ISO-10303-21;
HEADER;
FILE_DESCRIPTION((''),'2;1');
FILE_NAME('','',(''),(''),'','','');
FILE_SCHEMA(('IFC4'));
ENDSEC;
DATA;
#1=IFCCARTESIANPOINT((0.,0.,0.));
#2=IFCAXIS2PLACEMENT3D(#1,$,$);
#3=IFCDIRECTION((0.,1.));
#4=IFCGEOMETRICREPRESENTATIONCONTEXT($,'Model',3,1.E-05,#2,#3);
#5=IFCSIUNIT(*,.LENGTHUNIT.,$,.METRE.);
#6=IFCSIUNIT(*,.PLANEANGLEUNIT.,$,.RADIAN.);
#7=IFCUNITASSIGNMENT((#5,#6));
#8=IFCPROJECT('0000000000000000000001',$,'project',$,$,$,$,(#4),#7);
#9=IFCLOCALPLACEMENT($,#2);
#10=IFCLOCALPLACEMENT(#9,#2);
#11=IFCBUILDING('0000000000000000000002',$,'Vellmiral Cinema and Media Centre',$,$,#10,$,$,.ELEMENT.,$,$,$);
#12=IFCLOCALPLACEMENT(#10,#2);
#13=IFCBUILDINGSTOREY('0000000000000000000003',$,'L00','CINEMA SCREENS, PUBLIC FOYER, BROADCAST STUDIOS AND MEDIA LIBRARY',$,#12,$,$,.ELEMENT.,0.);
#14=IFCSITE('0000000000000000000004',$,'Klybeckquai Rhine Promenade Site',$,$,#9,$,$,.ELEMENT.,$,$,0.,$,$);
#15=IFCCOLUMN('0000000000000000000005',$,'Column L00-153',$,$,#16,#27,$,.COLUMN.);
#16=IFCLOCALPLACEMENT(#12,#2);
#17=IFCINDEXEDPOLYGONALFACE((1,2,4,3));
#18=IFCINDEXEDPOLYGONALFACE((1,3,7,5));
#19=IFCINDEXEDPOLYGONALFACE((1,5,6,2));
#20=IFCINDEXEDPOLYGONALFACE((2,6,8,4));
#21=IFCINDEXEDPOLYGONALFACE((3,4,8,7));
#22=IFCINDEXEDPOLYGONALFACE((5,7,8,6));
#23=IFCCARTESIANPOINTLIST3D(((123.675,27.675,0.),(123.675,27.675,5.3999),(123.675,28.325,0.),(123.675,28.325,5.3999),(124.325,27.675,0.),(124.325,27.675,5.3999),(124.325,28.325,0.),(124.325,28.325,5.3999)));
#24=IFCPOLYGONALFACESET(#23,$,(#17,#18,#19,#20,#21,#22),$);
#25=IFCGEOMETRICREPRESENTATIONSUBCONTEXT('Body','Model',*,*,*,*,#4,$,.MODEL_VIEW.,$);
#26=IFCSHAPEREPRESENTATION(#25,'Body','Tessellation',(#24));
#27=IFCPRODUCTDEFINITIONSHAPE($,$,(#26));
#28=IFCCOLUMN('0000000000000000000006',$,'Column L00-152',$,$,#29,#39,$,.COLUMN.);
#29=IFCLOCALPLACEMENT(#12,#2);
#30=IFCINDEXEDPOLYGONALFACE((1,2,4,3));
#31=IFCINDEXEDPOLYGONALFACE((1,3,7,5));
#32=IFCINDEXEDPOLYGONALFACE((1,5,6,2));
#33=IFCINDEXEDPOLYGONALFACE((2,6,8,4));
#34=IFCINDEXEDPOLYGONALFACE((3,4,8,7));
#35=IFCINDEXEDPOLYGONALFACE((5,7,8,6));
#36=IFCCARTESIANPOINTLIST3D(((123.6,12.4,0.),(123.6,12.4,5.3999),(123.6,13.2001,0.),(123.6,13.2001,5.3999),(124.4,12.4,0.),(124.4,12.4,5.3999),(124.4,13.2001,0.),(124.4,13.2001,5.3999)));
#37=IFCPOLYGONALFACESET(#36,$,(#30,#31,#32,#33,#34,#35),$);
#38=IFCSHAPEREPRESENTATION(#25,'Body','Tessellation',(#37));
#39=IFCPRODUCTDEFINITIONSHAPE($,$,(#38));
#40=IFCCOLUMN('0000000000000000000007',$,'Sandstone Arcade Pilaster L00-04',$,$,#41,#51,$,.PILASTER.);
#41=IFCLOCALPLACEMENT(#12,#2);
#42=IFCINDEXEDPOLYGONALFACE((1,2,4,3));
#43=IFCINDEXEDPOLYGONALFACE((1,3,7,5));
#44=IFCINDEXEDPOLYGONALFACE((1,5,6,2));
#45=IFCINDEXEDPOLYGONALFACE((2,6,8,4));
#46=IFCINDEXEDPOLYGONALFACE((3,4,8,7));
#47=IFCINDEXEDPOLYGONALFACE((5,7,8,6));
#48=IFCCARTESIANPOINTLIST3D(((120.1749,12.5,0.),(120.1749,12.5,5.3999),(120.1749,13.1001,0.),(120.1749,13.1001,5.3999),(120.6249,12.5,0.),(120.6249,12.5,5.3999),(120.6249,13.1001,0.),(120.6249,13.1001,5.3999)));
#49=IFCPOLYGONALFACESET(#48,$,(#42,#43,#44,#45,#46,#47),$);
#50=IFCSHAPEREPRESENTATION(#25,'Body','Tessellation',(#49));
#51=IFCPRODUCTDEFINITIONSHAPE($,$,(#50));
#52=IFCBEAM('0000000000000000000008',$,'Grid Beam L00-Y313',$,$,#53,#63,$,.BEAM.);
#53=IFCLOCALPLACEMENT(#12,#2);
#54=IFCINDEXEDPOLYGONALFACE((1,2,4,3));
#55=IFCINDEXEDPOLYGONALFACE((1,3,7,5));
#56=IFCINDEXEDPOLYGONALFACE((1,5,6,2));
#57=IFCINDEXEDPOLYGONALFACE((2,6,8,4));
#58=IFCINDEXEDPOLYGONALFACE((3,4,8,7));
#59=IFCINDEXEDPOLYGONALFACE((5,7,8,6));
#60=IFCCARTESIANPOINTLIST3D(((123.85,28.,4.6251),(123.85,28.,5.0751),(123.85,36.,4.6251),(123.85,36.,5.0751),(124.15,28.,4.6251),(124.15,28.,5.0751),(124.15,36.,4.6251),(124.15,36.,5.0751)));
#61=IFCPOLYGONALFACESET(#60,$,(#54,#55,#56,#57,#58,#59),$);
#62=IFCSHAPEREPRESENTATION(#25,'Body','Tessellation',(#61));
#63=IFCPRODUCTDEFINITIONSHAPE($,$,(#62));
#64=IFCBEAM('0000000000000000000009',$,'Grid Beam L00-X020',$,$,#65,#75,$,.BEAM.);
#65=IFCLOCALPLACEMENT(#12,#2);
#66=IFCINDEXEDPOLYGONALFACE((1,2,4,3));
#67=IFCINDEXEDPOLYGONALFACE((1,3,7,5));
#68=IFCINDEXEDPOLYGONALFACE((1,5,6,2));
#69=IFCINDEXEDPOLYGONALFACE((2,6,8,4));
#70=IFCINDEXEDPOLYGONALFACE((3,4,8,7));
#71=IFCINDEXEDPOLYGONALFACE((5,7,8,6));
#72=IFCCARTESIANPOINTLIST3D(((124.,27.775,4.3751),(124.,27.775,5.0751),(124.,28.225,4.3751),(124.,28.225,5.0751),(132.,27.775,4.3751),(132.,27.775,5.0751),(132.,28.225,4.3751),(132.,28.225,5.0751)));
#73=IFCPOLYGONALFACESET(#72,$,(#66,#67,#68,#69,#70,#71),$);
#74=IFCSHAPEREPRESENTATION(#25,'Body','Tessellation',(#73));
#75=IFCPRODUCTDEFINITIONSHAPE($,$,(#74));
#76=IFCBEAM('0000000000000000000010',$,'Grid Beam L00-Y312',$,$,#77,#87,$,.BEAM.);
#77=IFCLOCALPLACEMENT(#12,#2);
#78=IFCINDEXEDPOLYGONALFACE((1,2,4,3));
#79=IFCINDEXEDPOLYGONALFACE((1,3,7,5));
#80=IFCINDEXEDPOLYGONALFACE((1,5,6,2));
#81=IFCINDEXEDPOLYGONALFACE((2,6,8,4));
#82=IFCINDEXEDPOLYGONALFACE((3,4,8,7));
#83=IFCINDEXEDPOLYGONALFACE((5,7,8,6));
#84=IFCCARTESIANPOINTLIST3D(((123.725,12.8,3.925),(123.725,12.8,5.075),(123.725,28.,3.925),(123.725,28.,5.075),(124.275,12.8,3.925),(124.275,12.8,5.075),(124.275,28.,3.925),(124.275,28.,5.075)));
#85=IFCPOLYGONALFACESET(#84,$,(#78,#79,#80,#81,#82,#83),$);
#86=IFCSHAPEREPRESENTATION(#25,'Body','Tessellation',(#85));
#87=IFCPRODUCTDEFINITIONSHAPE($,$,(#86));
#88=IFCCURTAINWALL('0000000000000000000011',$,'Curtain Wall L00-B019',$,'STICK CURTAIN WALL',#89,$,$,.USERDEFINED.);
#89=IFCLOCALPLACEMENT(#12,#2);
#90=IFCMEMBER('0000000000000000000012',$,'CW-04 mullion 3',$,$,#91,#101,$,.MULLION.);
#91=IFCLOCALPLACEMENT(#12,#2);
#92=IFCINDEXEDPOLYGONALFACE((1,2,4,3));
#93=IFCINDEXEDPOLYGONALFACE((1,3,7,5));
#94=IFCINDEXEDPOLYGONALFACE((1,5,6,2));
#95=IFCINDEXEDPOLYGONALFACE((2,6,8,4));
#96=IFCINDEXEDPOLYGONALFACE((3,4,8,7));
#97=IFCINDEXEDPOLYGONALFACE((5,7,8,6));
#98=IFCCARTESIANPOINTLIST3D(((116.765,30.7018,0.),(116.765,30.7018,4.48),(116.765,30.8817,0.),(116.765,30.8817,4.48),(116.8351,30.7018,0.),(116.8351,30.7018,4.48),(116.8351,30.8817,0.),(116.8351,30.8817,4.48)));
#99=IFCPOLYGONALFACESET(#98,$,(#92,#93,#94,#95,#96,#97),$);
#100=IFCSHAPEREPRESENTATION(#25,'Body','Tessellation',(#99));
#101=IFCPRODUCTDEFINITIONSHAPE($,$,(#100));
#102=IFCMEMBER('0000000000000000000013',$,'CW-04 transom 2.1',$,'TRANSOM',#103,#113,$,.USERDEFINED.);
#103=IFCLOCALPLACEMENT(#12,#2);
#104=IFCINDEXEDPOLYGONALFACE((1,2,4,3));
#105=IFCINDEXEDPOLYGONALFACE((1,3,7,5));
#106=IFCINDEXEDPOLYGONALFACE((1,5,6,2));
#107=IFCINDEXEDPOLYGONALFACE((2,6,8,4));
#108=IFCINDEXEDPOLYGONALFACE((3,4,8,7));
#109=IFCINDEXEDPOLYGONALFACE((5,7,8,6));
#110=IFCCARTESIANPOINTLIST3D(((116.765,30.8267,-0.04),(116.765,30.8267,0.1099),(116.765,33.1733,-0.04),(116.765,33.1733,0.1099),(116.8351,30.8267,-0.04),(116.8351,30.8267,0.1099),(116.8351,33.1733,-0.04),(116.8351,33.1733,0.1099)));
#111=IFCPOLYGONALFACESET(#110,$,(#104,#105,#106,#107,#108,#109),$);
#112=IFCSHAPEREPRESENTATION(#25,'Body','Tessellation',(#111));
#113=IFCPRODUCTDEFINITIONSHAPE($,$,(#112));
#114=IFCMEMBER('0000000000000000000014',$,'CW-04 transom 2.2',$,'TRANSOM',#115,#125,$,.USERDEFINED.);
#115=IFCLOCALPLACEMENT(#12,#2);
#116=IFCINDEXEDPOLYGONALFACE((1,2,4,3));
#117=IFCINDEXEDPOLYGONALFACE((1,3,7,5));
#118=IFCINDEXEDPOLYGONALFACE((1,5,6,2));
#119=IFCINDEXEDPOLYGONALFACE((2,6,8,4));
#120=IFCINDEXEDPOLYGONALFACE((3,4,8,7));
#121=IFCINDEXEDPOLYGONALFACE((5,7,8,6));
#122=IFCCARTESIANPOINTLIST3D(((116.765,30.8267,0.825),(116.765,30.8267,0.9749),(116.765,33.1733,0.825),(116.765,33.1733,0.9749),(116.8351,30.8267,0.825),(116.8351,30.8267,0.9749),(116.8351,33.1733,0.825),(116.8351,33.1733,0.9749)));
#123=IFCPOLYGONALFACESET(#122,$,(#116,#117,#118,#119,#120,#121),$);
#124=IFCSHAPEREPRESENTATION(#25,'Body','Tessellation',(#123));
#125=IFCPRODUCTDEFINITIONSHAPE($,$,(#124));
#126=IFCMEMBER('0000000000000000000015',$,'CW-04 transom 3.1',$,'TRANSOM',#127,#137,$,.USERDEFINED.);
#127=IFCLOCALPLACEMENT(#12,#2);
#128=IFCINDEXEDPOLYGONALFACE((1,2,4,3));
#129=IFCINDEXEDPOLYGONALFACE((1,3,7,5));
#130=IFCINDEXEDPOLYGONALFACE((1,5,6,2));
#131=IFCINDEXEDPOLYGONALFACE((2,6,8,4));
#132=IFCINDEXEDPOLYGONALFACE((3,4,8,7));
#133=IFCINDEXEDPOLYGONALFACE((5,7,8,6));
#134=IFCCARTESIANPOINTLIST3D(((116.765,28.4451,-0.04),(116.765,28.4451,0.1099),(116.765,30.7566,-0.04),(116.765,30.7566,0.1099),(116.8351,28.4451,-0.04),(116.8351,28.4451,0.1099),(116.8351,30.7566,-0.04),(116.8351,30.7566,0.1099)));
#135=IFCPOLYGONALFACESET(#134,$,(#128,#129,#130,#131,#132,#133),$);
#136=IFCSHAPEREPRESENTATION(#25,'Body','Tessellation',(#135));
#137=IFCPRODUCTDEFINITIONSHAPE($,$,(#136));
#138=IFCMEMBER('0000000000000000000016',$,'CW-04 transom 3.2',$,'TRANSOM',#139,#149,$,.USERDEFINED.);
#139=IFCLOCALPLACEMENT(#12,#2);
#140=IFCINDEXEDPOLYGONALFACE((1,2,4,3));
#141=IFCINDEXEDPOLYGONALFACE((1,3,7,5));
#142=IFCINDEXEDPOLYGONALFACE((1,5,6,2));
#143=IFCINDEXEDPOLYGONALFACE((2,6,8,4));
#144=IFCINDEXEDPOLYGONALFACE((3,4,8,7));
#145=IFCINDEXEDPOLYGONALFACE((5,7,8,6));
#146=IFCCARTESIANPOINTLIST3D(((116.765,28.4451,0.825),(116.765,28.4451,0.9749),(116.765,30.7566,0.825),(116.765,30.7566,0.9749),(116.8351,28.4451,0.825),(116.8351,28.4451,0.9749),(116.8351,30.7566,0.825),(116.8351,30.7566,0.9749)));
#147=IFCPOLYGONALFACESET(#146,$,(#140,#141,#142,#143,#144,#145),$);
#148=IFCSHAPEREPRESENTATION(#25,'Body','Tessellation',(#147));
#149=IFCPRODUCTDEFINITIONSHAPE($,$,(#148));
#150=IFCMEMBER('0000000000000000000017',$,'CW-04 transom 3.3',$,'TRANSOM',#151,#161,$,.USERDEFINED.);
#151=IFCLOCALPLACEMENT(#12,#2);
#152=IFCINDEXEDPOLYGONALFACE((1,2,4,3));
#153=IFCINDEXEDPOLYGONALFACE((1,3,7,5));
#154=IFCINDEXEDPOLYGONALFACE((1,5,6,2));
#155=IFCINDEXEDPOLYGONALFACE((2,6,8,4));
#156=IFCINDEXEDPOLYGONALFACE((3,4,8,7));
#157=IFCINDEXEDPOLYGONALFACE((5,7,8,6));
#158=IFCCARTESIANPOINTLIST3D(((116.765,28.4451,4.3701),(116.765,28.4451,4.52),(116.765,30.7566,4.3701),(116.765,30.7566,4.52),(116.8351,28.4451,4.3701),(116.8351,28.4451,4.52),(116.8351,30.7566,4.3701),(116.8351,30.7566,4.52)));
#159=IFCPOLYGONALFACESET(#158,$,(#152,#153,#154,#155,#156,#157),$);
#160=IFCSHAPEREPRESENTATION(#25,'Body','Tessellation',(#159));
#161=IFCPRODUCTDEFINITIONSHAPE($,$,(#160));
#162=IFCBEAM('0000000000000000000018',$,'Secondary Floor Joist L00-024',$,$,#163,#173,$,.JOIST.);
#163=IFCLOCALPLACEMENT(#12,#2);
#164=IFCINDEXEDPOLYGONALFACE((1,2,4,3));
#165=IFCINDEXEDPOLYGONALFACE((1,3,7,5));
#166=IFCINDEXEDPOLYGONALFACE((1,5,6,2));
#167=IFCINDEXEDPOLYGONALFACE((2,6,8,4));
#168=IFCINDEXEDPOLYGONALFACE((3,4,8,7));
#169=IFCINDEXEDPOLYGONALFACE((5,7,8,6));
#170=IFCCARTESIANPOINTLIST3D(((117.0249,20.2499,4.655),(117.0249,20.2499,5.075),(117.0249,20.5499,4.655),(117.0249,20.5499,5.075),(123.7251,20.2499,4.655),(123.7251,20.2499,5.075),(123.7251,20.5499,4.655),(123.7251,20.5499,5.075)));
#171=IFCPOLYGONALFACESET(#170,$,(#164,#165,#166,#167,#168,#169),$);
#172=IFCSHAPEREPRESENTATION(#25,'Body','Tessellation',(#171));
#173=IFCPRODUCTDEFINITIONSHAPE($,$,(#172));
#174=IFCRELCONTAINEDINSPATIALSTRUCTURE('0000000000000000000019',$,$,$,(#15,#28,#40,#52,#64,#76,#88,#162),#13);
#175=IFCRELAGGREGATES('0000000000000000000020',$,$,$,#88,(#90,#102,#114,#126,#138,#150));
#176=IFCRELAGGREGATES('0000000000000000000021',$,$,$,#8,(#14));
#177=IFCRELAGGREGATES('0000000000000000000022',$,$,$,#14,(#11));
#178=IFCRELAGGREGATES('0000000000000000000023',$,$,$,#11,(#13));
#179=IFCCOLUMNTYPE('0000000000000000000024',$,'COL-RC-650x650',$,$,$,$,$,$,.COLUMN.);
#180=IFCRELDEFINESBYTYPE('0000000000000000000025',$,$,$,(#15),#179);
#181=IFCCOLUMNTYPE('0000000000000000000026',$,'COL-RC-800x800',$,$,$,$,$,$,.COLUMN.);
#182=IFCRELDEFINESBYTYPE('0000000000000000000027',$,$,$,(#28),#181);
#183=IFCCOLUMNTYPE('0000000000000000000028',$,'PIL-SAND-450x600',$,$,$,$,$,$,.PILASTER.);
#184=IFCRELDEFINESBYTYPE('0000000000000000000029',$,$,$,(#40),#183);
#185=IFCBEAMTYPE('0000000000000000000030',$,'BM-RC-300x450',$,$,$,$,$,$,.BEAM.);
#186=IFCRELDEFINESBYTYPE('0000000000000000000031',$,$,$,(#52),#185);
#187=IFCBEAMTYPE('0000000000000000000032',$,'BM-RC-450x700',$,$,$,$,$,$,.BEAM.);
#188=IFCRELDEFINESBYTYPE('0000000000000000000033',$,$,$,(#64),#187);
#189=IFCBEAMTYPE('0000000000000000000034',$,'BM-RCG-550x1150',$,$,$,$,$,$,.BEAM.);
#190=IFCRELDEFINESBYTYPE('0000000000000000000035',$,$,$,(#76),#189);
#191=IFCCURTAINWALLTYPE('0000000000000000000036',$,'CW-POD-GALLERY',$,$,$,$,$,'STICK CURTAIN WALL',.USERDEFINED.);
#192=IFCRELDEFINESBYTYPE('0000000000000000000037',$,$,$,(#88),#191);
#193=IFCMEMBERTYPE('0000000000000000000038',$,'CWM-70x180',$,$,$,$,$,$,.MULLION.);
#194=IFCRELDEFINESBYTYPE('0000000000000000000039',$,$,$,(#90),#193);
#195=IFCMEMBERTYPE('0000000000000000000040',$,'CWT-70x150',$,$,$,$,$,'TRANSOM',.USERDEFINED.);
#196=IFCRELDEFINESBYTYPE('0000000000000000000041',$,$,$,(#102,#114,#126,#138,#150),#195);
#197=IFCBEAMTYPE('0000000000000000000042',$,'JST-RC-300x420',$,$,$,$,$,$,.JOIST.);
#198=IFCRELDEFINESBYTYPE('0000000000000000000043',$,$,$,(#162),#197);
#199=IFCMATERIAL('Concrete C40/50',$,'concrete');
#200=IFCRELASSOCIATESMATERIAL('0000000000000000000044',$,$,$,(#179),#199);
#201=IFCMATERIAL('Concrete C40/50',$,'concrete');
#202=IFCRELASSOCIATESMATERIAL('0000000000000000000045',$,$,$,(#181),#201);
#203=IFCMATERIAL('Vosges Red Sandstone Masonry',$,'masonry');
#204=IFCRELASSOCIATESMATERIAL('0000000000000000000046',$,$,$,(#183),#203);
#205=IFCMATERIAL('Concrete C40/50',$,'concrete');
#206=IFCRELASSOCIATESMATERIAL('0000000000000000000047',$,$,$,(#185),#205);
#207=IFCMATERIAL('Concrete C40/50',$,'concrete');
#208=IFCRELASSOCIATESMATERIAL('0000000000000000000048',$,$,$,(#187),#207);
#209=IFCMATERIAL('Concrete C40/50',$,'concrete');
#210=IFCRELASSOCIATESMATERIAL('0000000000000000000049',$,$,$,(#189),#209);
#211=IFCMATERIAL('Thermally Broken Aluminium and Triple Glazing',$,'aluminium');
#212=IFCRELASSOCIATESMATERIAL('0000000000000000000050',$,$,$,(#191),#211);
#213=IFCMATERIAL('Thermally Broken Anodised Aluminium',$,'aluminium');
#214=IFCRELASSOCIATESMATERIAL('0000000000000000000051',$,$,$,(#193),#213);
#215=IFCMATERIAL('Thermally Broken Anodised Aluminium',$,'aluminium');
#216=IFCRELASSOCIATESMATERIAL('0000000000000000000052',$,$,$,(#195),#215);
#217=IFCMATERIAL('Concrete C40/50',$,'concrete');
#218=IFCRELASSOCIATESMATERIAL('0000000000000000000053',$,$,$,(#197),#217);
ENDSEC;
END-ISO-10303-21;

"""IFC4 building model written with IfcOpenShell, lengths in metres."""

from ifc_helpers import new_model, si_unit, direction, frame, origin, origin_2d, place, context, subcontext, project, spatial, rectangle, extrude, material, material_profile, profile_set, type_object, element, aggregate, save


model = new_model("IFC4")

# Units and contexts
model_context = context("Model", 3, precision=1e-05, world=origin(), true_north=direction((0.0, 1.0)))
body_context = subcontext(model_context, "Body", "Model", "MODEL_VIEW")
ifc_project = project(units=[si_unit("LENGTHUNIT", "METRE"), si_unit("PLANEANGLEUNIT", "RADIAN")], contexts=[model_context])

# Site, building, storey
site_placement = place(None, origin())
site = spatial("IfcSite", under=ifc_project, at=site_placement, Name="Klybeckquai Rhine Promenade Site", CompositionType="ELEMENT", RefElevation=0.0)
building_placement = place(site_placement, origin())
building = spatial("IfcBuilding", under=site, at=building_placement, Name="Vellmiral Cinema and Media Centre", CompositionType="ELEMENT")
storey_placement = place(building_placement, origin())
storey = spatial("IfcBuildingStorey", under=building, at=storey_placement, Name="L00", Description="CINEMA SCREENS, PUBLIC FOYER, BROADCAST STUDIOS AND MEDIA LIBRARY", CompositionType="ELEMENT", Elevation=0.0)

# Columns
ifc_material_1 = material(Name="Concrete C40/50", Category="concrete")
ifc_material_profile_1 = material_profile(ifc_material_1, rectangle(XDim=0.6499, YDim=0.6499, at=origin_2d()), Name="RC 650x650")
ifc_profile_set_1 = profile_set([ifc_material_profile_1], Name="Concrete C40/50")
column_type_1 = type_object("IfcColumnType", Name="COL-RC-650x650", PredefinedType="COLUMN", material=ifc_profile_set_1)
column_1_placement = place(storey_placement, frame((124.0, 28.0, 0.0), z_axis=(0.0, 0.0, 1.0), x_axis=(1.0, 0.0, 0.0)))
element("IfcColumn", 1, at=column_1_placement, inside=storey, type_object=column_type_1, Name="Column L00-153", PredefinedType="COLUMN", context=body_context, shape_type="SweptSolid", body=[
    extrude(rectangle(XDim=0.6499, YDim=0.6499, at=origin_2d()), origin(), (0.0, 0.0, 1.0), 5.3999),
])
ifc_material_2 = material(Name="Concrete C40/50", Category="concrete")
ifc_material_profile_2 = material_profile(ifc_material_2, rectangle(XDim=0.8, YDim=0.8, at=origin_2d()), Name="RC 800x800")
ifc_profile_set_2 = profile_set([ifc_material_profile_2], Name="Concrete C40/50")
column_type_2 = type_object("IfcColumnType", Name="COL-RC-800x800", PredefinedType="COLUMN", material=ifc_profile_set_2)
column_2_placement = place(storey_placement, frame((124.0, 12.8, 0.0), z_axis=(0.0, 0.0, 1.0), x_axis=(1.0, 0.0, 0.0)))
element("IfcColumn", 2, at=column_2_placement, inside=storey, type_object=column_type_2, Name="Column L00-152", PredefinedType="COLUMN", context=body_context, shape_type="SweptSolid", body=[
    extrude(rectangle(XDim=0.8, YDim=0.8, at=origin_2d()), origin(), (0.0, 0.0, 1.0), 5.3999),
])
ifc_material_3 = material(Name="Vosges Red Sandstone Masonry", Category="masonry")
ifc_material_profile_3 = material_profile(ifc_material_3, rectangle(XDim=0.45, YDim=0.6001, at=origin_2d()), Name="SAND 450x600")
ifc_profile_set_3 = profile_set([ifc_material_profile_3], Name="Vosges Red Sandstone Masonry")
column_type_3 = type_object("IfcColumnType", Name="PIL-SAND-450x600", PredefinedType="PILASTER", material=ifc_profile_set_3)
column_3_placement = place(storey_placement, frame((120.3999, 12.8, 0.0), z_axis=(0.0, 0.0, 1.0), x_axis=(1.0, 0.0, 0.0)))
element("IfcColumn", 3, at=column_3_placement, inside=storey, type_object=column_type_3, Name="Sandstone Arcade Pilaster L00-04", PredefinedType="PILASTER", context=body_context, shape_type="SweptSolid", body=[
    extrude(rectangle(XDim=0.45, YDim=0.6001, at=origin_2d()), origin(), (0.0, 0.0, 1.0), 5.3999),
])

# Beams
ifc_material_4 = material(Name="Concrete C40/50", Category="concrete")
ifc_material_profile_4 = material_profile(ifc_material_4, rectangle(XDim=0.3, YDim=0.45, at=origin_2d()), Name="RC 300x450")
ifc_profile_set_4 = profile_set([ifc_material_profile_4], Name="Concrete C40/50")
beam_type_1 = type_object("IfcBeamType", Name="BM-RC-300x450", PredefinedType="BEAM", material=ifc_profile_set_4)
beam_1_placement = place(storey_placement, frame((124.0, 28.0, 4.8501), z_axis=(0.0, 1.0, 0.0), x_axis=(-1.0, 0.0, 0.0)))
element("IfcBeam", 4, at=beam_1_placement, inside=storey, type_object=beam_type_1, Name="Grid Beam L00-Y313", PredefinedType="BEAM", context=body_context, shape_type="SweptSolid", body=[
    extrude(rectangle(XDim=0.3, YDim=0.45, at=origin_2d()), origin(), (0.0, 0.0, 1.0), 8.0),
])
ifc_material_5 = material(Name="Concrete C40/50", Category="concrete")
ifc_material_profile_5 = material_profile(ifc_material_5, rectangle(XDim=0.45, YDim=0.7, at=origin_2d()), Name="RC 450x700")
ifc_profile_set_5 = profile_set([ifc_material_profile_5], Name="Concrete C40/50")
beam_type_2 = type_object("IfcBeamType", Name="BM-RC-450x700", PredefinedType="BEAM", material=ifc_profile_set_5)
beam_2_placement = place(storey_placement, frame((124.0, 28.0, 4.7251), z_axis=(1.0, 0.0, 0.0), x_axis=(0.0, 1.0, 0.0)))
element("IfcBeam", 5, at=beam_2_placement, inside=storey, type_object=beam_type_2, Name="Grid Beam L00-X020", PredefinedType="BEAM", context=body_context, shape_type="SweptSolid", body=[
    extrude(rectangle(XDim=0.45, YDim=0.7, at=origin_2d()), origin(), (0.0, 0.0, 1.0), 8.0),
])
ifc_material_6 = material(Name="Concrete C40/50", Category="concrete")
ifc_material_profile_6 = material_profile(ifc_material_6, rectangle(XDim=0.55, YDim=1.1499, at=origin_2d()), Name="RC 550x1150")
ifc_profile_set_6 = profile_set([ifc_material_profile_6], Name="Concrete C40/50")
beam_type_3 = type_object("IfcBeamType", Name="BM-RCG-550x1150", PredefinedType="BEAM", material=ifc_profile_set_6)
beam_3_placement = place(storey_placement, frame((124.0, 12.8, 4.5), z_axis=(0.0, 1.0, 0.0), x_axis=(-1.0, 0.0, 0.0)))
element("IfcBeam", 6, at=beam_3_placement, inside=storey, type_object=beam_type_3, Name="Grid Beam L00-Y312", PredefinedType="BEAM", context=body_context, shape_type="SweptSolid", body=[
    extrude(rectangle(XDim=0.55, YDim=1.1499, at=origin_2d()), origin(), (0.0, 0.0, 1.0), 15.2),
])

# Curtain wall, members
ifc_material_7 = material(Name="Thermally Broken Aluminium and Triple Glazing", Category="aluminium")
curtain_wall_type = type_object("IfcCurtainWallType", Name="CW-POD-GALLERY", ElementType="STICK CURTAIN WALL", PredefinedType="USERDEFINED", material=ifc_material_7)
curtain_wall_placement = place(storey_placement, origin())
curtain_wall = element("IfcCurtainWall", 7, at=curtain_wall_placement, inside=storey, type_object=curtain_wall_type, Name="Curtain Wall L00-B019", ObjectType="STICK CURTAIN WALL", PredefinedType="USERDEFINED")
ifc_material_8 = material(Name="Thermally Broken Anodised Aluminium", Category="aluminium")
ifc_material_profile_7 = material_profile(ifc_material_8, rectangle(XDim=0.0701, YDim=0.1799, at=origin_2d()), Name="MULL 70x180")
ifc_profile_set_7 = profile_set([ifc_material_profile_7], Name="Thermally Broken Anodised Aluminium")
member_type_1 = type_object("IfcMemberType", Name="CWM-70x180", PredefinedType="MULLION", material=ifc_profile_set_7)
member_1_placement = place(storey_placement, frame((116.8, 30.7917, 0.0), z_axis=(0.0, 0.0, 1.0), x_axis=(1.0, 0.0, 0.0)))
member_1 = element("IfcMember", 8, at=member_1_placement, type_object=member_type_1, Name="CW-04 mullion 3", PredefinedType="MULLION", context=body_context, shape_type="SweptSolid", body=[
    extrude(rectangle(XDim=0.0701, YDim=0.1799, at=origin_2d()), origin(), (0.0, 0.0, 1.0), 4.48),
])
ifc_material_9 = material(Name="Thermally Broken Anodised Aluminium", Category="aluminium")
ifc_material_profile_8 = material_profile(ifc_material_9, rectangle(XDim=0.0701, YDim=0.1499, at=origin_2d()), Name="MULL 70x150")
ifc_profile_set_8 = profile_set([ifc_material_profile_8], Name="Thermally Broken Anodised Aluminium")
member_type_2 = type_object("IfcMemberType", Name="CWT-70x150", ElementType="TRANSOM", PredefinedType="USERDEFINED", material=ifc_profile_set_8)
member_2_placement = place(storey_placement, frame((116.8, 33.1733, 0.0349), z_axis=(0.0, -1.0, 0.0), x_axis=(1.0, 0.0, 0.0)))
member_2 = element("IfcMember", 9, at=member_2_placement, type_object=member_type_2, Name="CW-04 transom 2.1", ObjectType="TRANSOM", PredefinedType="USERDEFINED", context=body_context, shape_type="SweptSolid", body=[
    extrude(rectangle(XDim=0.0701, YDim=0.1499, at=origin_2d()), origin(), (0.0, 0.0, 1.0), 2.3467),
])
member_3_placement = place(storey_placement, frame((116.8, 33.1733, 0.8999), z_axis=(0.0, -1.0, 0.0), x_axis=(1.0, 0.0, 0.0)))
member_3 = element("IfcMember", 10, at=member_3_placement, type_object=member_type_2, Name="CW-04 transom 2.2", ObjectType="TRANSOM", PredefinedType="USERDEFINED", context=body_context, shape_type="SweptSolid", body=[
    extrude(rectangle(XDim=0.0701, YDim=0.1499, at=origin_2d()), origin(), (0.0, 0.0, 1.0), 2.3467),
])
member_4_placement = place(storey_placement, frame((116.8, 30.7566, 0.0349), z_axis=(0.0, -1.0, 0.0), x_axis=(1.0, 0.0, 0.0)))
member_4 = element("IfcMember", 11, at=member_4_placement, type_object=member_type_2, Name="CW-04 transom 3.1", ObjectType="TRANSOM", PredefinedType="USERDEFINED", context=body_context, shape_type="SweptSolid", body=[
    extrude(rectangle(XDim=0.0701, YDim=0.1499, at=origin_2d()), origin(), (0.0, 0.0, 1.0), 2.3115),
])
member_5_placement = place(storey_placement, frame((116.8, 30.7566, 0.8999), z_axis=(0.0, -1.0, 0.0), x_axis=(1.0, 0.0, 0.0)))
member_5 = element("IfcMember", 12, at=member_5_placement, type_object=member_type_2, Name="CW-04 transom 3.2", ObjectType="TRANSOM", PredefinedType="USERDEFINED", context=body_context, shape_type="SweptSolid", body=[
    extrude(rectangle(XDim=0.0701, YDim=0.1499, at=origin_2d()), origin(), (0.0, 0.0, 1.0), 2.3115),
])
member_6_placement = place(storey_placement, frame((116.8, 30.7566, 4.4451), z_axis=(0.0, -1.0, 0.0), x_axis=(1.0, 0.0, 0.0)))
member_6 = element("IfcMember", 13, at=member_6_placement, type_object=member_type_2, Name="CW-04 transom 3.3", ObjectType="TRANSOM", PredefinedType="USERDEFINED", context=body_context, shape_type="SweptSolid", body=[
    extrude(rectangle(XDim=0.0701, YDim=0.1499, at=origin_2d()), origin(), (0.0, 0.0, 1.0), 2.3115),
])

# Beam
ifc_material_10 = material(Name="Concrete C40/50", Category="concrete")
ifc_material_profile_9 = material_profile(ifc_material_10, rectangle(XDim=0.3, YDim=0.4199, at=origin_2d()), Name="RC 300x420")
ifc_profile_set_9 = profile_set([ifc_material_profile_9], Name="Concrete C40/50")
beam_type_4 = type_object("IfcBeamType", Name="JST-RC-300x420", PredefinedType="JOIST", material=ifc_profile_set_9)
beam_4_placement = place(storey_placement, frame((117.0249, 20.3999, 4.865), z_axis=(1.0, 0.0, 0.0), x_axis=(0.0, 1.0, 0.0)))
element("IfcBeam", 14, at=beam_4_placement, inside=storey, type_object=beam_type_4, Name="Secondary Floor Joist L00-024", PredefinedType="JOIST", context=body_context, shape_type="SweptSolid", body=[
    extrude(rectangle(XDim=0.3, YDim=0.4199, at=origin_2d()), origin(), (0.0, 0.0, 1.0), 6.7002),
])

aggregate(curtain_wall, [member_1, member_2, member_3, member_4, member_5, member_6])

save(model, "model.ifc")
